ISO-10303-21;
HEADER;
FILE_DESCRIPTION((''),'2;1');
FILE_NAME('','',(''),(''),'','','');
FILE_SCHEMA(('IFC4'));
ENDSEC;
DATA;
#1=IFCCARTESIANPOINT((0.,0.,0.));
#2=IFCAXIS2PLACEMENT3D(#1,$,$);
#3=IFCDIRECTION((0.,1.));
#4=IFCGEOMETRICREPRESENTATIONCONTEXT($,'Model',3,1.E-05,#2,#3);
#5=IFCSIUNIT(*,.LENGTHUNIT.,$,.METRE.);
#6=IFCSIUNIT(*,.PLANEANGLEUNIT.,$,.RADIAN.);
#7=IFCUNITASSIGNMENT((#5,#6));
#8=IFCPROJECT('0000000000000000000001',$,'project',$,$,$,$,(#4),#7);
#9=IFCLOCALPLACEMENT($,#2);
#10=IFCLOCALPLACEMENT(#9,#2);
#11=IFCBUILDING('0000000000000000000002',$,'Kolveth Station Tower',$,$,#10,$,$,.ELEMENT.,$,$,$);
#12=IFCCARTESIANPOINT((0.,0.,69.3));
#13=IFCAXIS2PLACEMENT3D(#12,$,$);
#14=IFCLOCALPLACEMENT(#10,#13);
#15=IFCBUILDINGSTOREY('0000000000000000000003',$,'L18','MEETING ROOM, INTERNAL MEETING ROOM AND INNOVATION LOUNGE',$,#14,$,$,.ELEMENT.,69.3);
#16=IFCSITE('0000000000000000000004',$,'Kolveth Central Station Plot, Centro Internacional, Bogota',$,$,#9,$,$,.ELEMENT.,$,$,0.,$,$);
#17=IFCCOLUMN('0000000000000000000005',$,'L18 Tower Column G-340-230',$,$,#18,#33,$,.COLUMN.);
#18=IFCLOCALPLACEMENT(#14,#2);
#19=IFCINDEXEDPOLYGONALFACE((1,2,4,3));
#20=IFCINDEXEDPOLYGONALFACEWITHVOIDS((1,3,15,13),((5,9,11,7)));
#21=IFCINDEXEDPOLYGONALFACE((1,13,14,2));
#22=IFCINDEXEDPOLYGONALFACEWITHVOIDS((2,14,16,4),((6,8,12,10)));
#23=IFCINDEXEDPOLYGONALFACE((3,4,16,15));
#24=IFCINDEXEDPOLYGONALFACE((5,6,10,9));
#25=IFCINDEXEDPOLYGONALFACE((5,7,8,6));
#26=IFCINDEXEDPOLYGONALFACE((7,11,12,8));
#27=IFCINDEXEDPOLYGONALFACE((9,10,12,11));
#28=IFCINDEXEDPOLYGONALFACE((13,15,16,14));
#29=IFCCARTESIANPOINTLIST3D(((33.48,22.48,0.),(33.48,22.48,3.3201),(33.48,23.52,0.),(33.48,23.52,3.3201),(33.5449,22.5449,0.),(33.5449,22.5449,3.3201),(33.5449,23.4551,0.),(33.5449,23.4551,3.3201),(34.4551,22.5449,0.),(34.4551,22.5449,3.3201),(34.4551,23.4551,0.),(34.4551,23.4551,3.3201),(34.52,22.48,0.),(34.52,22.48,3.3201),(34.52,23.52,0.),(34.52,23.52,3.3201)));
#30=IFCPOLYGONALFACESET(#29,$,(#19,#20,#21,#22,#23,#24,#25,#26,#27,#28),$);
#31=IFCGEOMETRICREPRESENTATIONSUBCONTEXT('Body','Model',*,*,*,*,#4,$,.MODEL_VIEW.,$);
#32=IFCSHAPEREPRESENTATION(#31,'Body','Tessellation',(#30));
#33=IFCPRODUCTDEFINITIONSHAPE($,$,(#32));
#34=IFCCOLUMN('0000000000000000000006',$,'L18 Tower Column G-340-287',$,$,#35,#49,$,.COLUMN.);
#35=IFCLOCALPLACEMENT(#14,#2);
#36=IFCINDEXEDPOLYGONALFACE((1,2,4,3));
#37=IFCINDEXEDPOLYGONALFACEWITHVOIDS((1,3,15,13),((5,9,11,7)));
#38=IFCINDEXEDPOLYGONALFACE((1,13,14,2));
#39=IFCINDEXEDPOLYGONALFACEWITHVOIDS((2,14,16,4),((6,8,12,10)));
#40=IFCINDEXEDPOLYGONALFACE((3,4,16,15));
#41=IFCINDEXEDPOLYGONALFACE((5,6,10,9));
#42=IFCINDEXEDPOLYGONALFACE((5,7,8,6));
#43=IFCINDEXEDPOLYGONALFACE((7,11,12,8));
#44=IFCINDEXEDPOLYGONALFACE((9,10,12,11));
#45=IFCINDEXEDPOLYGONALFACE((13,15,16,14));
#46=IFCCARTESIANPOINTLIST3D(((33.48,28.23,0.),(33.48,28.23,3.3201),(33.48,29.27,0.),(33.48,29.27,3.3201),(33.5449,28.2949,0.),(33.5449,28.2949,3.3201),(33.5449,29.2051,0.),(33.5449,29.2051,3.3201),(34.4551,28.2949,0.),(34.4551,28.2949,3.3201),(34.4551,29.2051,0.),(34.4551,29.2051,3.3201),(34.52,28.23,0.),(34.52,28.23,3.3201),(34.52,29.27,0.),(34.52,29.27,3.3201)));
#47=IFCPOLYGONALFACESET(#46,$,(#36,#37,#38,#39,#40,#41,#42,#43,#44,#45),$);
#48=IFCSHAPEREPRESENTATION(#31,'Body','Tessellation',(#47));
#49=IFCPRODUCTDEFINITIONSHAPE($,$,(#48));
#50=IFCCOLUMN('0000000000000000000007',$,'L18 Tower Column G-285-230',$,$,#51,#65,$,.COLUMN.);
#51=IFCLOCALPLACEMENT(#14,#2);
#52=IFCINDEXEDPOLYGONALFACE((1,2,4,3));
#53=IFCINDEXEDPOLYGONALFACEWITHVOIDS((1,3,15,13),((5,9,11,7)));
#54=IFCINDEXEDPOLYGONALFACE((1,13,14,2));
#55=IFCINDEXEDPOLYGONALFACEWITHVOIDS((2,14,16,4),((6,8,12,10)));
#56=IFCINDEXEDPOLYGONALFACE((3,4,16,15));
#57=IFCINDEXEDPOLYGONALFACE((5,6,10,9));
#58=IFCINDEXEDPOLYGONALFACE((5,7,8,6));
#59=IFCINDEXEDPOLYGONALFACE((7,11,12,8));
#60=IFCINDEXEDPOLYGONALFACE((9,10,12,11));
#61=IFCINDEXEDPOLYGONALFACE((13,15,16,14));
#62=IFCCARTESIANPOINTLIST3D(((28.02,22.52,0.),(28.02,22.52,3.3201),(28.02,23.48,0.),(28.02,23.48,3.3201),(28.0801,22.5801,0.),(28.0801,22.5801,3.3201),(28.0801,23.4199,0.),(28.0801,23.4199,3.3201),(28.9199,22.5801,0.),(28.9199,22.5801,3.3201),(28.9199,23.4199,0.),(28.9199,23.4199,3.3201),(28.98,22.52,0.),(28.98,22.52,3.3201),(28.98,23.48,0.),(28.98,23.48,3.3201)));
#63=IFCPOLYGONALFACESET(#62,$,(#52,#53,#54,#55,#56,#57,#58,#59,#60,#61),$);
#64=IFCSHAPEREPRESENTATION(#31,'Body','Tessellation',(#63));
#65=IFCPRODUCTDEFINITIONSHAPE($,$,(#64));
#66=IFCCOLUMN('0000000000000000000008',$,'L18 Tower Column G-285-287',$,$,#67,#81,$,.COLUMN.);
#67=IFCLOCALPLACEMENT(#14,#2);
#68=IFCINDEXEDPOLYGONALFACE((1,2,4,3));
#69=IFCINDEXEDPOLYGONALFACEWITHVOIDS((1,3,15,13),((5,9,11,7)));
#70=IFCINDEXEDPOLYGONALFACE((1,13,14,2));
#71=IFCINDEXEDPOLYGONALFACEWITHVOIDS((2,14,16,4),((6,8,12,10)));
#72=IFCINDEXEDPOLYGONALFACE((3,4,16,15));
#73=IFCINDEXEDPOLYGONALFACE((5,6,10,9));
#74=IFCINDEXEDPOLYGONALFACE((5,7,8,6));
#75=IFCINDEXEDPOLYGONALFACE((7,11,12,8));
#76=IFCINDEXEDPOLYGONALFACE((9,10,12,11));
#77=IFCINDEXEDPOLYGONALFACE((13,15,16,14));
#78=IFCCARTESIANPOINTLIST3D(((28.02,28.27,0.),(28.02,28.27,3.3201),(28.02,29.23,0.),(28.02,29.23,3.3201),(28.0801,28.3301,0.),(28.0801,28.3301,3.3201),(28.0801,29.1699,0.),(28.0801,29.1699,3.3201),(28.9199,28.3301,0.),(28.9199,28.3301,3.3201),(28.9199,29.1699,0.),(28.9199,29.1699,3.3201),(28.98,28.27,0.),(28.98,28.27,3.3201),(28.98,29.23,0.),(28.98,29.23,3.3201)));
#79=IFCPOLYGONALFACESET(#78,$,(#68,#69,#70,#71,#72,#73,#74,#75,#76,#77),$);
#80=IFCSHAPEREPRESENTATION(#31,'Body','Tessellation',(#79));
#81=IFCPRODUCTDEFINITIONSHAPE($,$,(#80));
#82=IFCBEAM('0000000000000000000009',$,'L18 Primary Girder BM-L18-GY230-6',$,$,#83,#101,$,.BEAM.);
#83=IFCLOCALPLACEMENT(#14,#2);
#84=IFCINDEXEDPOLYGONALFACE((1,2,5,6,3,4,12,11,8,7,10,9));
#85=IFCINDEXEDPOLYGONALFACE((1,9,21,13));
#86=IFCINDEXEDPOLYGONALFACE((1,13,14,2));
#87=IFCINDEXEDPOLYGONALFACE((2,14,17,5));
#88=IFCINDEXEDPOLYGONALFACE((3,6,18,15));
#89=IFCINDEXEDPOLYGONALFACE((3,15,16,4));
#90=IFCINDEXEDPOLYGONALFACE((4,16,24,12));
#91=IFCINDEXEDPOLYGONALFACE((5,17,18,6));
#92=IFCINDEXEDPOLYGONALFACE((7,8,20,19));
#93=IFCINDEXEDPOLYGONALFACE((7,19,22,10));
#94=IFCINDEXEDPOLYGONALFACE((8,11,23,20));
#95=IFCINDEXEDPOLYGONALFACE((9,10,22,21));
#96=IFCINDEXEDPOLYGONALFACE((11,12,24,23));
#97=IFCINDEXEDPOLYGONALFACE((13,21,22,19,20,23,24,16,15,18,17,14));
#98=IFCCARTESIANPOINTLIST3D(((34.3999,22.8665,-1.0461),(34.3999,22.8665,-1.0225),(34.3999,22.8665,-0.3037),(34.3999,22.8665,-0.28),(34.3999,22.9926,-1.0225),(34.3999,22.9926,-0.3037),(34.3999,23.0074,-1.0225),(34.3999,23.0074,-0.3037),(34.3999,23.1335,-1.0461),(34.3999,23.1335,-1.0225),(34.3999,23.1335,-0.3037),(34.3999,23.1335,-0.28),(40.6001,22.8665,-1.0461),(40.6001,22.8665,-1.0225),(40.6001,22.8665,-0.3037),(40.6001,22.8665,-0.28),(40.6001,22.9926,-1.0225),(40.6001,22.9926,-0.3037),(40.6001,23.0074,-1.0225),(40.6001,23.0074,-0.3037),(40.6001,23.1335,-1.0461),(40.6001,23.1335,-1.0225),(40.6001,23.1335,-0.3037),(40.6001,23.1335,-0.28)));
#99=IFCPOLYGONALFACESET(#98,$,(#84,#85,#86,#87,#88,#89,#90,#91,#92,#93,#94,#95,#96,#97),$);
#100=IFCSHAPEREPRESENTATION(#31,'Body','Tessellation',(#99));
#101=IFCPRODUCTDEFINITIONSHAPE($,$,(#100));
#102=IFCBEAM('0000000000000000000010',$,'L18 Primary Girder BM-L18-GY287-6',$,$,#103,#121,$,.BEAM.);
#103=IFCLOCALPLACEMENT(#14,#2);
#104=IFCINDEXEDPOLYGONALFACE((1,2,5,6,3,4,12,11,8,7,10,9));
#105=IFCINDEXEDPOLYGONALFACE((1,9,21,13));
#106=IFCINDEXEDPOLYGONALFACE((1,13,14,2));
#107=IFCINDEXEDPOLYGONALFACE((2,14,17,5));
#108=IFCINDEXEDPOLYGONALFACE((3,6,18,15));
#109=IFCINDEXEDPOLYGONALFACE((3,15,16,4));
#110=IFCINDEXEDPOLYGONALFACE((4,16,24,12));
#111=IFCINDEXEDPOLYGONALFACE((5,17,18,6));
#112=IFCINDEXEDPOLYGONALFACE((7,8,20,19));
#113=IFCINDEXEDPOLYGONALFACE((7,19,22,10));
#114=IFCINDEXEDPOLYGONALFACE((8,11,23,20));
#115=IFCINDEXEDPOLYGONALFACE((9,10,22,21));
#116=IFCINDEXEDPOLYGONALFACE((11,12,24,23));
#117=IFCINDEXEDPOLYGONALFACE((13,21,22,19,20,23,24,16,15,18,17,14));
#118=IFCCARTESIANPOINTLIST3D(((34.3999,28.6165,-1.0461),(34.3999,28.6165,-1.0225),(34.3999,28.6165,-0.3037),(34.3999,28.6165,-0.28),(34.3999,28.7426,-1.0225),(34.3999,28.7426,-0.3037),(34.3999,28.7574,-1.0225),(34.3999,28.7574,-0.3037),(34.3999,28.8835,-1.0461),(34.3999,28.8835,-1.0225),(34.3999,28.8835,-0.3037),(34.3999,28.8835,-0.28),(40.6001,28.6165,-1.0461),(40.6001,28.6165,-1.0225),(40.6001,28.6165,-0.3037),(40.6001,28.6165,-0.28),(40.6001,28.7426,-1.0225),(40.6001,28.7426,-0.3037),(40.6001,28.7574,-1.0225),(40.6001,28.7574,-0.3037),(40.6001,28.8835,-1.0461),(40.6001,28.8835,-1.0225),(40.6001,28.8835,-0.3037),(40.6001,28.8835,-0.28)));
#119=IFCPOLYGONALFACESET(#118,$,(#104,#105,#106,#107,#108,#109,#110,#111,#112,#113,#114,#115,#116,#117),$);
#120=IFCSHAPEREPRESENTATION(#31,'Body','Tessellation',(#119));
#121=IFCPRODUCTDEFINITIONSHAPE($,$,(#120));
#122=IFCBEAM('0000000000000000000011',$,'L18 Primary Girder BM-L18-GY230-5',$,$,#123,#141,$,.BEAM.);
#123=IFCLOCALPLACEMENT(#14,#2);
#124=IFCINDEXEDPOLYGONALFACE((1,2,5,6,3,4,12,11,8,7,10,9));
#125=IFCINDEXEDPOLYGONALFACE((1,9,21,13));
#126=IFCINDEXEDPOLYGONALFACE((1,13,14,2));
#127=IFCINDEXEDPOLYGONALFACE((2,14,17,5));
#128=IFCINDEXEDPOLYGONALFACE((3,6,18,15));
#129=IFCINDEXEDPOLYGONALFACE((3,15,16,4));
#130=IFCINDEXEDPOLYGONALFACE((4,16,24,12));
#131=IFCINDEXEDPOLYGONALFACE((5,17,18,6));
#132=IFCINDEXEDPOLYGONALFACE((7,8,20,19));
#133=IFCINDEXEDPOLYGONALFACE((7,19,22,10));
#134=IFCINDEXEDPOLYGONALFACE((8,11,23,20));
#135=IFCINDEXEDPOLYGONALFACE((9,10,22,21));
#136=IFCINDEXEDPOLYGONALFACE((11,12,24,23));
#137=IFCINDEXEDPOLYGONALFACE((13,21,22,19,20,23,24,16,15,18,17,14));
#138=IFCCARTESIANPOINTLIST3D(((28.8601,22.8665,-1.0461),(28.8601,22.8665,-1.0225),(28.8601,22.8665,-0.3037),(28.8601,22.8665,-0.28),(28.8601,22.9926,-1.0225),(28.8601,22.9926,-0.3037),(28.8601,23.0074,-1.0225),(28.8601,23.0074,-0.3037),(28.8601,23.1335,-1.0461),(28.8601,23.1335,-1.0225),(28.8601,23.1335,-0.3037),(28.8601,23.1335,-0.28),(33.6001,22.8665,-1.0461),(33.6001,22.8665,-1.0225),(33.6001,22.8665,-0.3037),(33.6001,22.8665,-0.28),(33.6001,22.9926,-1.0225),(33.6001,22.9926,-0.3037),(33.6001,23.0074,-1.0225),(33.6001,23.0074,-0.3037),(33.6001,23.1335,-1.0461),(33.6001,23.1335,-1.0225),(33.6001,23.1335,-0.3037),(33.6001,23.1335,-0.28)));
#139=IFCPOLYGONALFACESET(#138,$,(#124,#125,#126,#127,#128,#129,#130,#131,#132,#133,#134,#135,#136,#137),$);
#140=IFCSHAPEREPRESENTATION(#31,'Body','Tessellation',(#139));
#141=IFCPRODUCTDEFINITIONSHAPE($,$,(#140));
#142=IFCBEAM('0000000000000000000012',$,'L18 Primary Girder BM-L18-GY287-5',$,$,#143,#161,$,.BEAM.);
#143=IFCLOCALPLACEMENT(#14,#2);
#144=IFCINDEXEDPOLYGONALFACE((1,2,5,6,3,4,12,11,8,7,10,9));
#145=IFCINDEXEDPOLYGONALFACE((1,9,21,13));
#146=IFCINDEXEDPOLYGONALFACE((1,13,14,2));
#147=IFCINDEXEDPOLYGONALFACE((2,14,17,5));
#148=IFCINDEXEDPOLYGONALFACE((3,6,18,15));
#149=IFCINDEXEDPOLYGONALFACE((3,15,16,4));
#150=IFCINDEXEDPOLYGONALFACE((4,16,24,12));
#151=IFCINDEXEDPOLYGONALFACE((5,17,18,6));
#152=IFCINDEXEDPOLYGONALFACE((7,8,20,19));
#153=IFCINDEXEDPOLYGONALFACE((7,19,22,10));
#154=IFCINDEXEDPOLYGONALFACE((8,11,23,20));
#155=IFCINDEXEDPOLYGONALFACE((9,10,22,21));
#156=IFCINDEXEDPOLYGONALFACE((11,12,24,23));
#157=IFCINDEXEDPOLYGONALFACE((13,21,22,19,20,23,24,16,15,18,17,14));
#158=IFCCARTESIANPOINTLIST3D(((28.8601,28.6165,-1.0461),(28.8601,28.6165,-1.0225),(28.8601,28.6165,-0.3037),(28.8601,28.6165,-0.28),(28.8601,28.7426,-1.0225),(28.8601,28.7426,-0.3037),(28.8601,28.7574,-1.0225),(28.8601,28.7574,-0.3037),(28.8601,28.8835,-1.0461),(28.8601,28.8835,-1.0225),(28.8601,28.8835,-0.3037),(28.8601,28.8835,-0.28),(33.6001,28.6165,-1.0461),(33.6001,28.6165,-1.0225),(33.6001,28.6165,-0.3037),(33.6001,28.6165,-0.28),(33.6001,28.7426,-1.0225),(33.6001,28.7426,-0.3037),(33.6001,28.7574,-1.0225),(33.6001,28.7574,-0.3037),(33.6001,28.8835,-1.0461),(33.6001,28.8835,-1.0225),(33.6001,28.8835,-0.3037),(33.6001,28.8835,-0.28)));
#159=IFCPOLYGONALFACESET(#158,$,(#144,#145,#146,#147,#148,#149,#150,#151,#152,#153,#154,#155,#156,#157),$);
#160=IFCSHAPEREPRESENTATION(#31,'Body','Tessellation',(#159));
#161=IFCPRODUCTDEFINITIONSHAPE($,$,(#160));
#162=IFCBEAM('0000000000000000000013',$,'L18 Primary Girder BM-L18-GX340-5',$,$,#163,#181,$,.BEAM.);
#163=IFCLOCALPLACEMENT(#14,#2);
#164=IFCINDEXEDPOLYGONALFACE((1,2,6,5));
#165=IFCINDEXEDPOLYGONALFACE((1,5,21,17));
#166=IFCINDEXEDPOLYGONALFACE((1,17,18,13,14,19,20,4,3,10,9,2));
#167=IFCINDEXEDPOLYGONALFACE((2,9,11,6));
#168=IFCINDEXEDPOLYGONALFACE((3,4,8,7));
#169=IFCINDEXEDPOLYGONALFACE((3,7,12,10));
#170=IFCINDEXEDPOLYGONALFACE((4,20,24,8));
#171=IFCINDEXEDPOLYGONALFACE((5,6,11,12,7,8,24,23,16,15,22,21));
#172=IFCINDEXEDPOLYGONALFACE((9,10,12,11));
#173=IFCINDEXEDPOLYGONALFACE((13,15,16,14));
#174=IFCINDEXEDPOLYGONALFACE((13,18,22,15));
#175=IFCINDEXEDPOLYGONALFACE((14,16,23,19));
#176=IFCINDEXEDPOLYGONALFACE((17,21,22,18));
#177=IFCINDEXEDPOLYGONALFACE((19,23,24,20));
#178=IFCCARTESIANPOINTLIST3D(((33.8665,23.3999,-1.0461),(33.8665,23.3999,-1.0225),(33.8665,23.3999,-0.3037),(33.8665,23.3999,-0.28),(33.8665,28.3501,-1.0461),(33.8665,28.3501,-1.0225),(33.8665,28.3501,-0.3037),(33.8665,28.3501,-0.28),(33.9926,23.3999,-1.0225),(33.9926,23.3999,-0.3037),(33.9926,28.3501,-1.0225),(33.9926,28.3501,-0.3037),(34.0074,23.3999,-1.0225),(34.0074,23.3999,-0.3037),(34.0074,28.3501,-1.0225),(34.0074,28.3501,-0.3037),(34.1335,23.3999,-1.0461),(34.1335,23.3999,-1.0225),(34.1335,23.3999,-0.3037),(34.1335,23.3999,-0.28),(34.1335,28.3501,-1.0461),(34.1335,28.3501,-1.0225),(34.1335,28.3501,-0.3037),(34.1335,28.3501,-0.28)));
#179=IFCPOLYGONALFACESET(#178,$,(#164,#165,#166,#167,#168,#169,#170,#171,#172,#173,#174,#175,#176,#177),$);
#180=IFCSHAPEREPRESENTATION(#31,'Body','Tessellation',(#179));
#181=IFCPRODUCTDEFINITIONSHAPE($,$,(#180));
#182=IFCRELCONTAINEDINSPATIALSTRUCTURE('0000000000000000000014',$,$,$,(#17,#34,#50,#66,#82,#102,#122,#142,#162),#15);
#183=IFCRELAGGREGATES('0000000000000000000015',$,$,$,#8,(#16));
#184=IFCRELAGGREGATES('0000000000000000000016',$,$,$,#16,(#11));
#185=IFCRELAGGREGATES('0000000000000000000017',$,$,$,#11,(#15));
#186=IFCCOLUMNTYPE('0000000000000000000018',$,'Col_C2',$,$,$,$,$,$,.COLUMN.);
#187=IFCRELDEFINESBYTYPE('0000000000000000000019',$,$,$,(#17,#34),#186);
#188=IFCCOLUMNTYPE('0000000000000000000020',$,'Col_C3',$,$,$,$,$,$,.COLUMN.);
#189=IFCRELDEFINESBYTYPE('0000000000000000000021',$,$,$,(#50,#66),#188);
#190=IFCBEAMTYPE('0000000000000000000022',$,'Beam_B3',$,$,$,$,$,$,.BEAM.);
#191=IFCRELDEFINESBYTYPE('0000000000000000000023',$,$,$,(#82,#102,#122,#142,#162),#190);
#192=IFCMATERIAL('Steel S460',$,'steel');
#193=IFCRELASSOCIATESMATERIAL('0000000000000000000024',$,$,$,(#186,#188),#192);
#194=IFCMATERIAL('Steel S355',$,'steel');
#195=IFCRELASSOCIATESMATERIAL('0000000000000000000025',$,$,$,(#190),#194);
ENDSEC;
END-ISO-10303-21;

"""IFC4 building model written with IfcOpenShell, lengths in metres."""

from ifc_helpers import new_model, si_unit, direction, frame, origin, origin_2d, place, context, subcontext, project, spatial, hollow_rectangle, i_section, extrude, source, transform, mapped, material, material_profile, profile_set, type_object, element, save


model = new_model("IFC4")

# Units and contexts
model_context = context("Model", 3, precision=1e-05, world=origin(), true_north=direction((0.0, 1.0)))
body_context = subcontext(model_context, "Body", "Model", "MODEL_VIEW")
ifc_project = project(units=[si_unit("LENGTHUNIT", "METRE"), si_unit("PLANEANGLEUNIT", "RADIAN")], contexts=[model_context])

# Site, building, storey
site_placement = place(None, origin())
site = spatial("IfcSite", under=ifc_project, at=site_placement, Name="Kolveth Central Station Plot, Centro Internacional, Bogota", CompositionType="ELEMENT", RefElevation=0.0)
building_placement = place(site_placement, origin())
building = spatial("IfcBuilding", under=site, at=building_placement, Name="Kolveth Station Tower", CompositionType="ELEMENT")
storey_placement = place(building_placement, frame((0.0, 0.0, 69.3)))
storey = spatial("IfcBuildingStorey", under=building, at=storey_placement, Name="L18", Description="MEETING ROOM, INTERNAL MEETING ROOM AND INNOVATION LOUNGE", CompositionType="ELEMENT", Elevation=69.3)

# Columns
ifc_material_1 = material(Name="Steel S460", Category="steel")
ifc_material_profile_1 = material_profile(ifc_material_1, hollow_rectangle(XDim=1.04, YDim=1.04, WallThickness=0.0649, at=origin_2d()), Name="BOX1040x1040x65")
ifc_profile_set_1 = profile_set([ifc_material_profile_1], Name="Steel S460")
column_type_1 = type_object("IfcColumnType", Name="Col_C2", PredefinedType="COLUMN", material=ifc_profile_set_1)
shared_shape_1 = source(origin(), body_context, "Body", "SweptSolid", [
    extrude(hollow_rectangle(XDim=1.04, YDim=1.04, WallThickness=0.0649, at=origin_2d()), origin(), (0.0, 0.0, 1.0), 3.3201),
])
for number, where, z_axis, x_axis, name in (
    (1, (34.0, 23.0, 0.0), (0.0, 0.0, 1.0), (1.0, 0.0, 0.0), "L18 Tower Column G-340-230"),
    (2, (34.0, 28.75, 0.0), (0.0, 0.0, 1.0), (1.0, 0.0, 0.0), "L18 Tower Column G-340-287"),
):
    element("IfcColumn", number, at=place(storey_placement, frame(where, z_axis=z_axis, x_axis=x_axis)), inside=storey, type_object=column_type_1, Name=name, PredefinedType="COLUMN", context=body_context, shape_type="MappedRepresentation", body=[
        mapped(shared_shape_1, transform((0.0, 0.0, 0.0), x_axis=(1.0, 0.0, 0.0), y_axis=(0.0, 1.0, 0.0), z_axis=(0.0, 0.0, 1.0), scale=1.0)),
    ])
ifc_material_profile_2 = material_profile(ifc_material_1, hollow_rectangle(XDim=0.96, YDim=0.96, WallThickness=0.0601, at=origin_2d()), Name="BOX960x960x60")
ifc_profile_set_2 = profile_set([ifc_material_profile_2], Name="Steel S460")
column_type_2 = type_object("IfcColumnType", Name="Col_C3", PredefinedType="COLUMN", material=ifc_profile_set_2)
shared_shape_2 = source(origin(), body_context, "Body", "SweptSolid", [
    extrude(hollow_rectangle(XDim=0.96, YDim=0.96, WallThickness=0.0601, at=origin_2d()), origin(), (0.0, 0.0, 1.0), 3.3201),
])
for number, where, z_axis, x_axis, name in (
    (3, (28.5, 23.0, 0.0), (0.0, 0.0, 1.0), (1.0, 0.0, 0.0), "L18 Tower Column G-285-230"),
    (4, (28.5, 28.75, 0.0), (0.0, 0.0, 1.0), (1.0, 0.0, 0.0), "L18 Tower Column G-285-287"),
):
    element("IfcColumn", number, at=place(storey_placement, frame(where, z_axis=z_axis, x_axis=x_axis)), inside=storey, type_object=column_type_2, Name=name, PredefinedType="COLUMN", context=body_context, shape_type="MappedRepresentation", body=[
        mapped(shared_shape_2, transform((0.0, 0.0, 0.0), x_axis=(1.0, 0.0, 0.0), y_axis=(0.0, 1.0, 0.0), z_axis=(0.0, 0.0, 1.0), scale=1.0)),
    ])

# Beams
ifc_material_2 = material(Name="Steel S355", Category="steel")
ifc_material_profile_3 = material_profile(ifc_material_2, i_section(OverallWidth=0.2671, OverallDepth=0.7661, WebThickness=0.0149, FlangeThickness=0.0237, at=origin_2d()), Name="W760x185")
ifc_profile_set_3 = profile_set([ifc_material_profile_3], Name="Steel S355")
beam_type_1 = type_object("IfcBeamType", Name="Beam_B3", PredefinedType="BEAM", material=ifc_profile_set_3)
shared_shape_3 = source(origin(), body_context, "Body", "SweptSolid", [
    extrude(i_section(OverallWidth=0.2671, OverallDepth=0.7661, WebThickness=0.0149, FlangeThickness=0.0237, at=origin_2d()), origin(), (0.0, 0.0, 1.0), 6.2002),
])
for number, where, z_axis, x_axis, name in (
    (5, (34.3999, 23.0, -0.6631), (1.0, 0.0, 0.0), (0.0, 1.0, 0.0), "L18 Primary Girder BM-L18-GY230-6"),
    (6, (34.3999, 28.75, -0.6631), (1.0, 0.0, 0.0), (0.0, 1.0, 0.0), "L18 Primary Girder BM-L18-GY287-6"),
):
    element("IfcBeam", number, at=place(storey_placement, frame(where, z_axis=z_axis, x_axis=x_axis)), inside=storey, type_object=beam_type_1, Name=name, PredefinedType="BEAM", context=body_context, shape_type="MappedRepresentation", body=[
        mapped(shared_shape_3, transform((0.0, 0.0, 0.0), x_axis=(1.0, 0.0, 0.0), y_axis=(0.0, 1.0, 0.0), z_axis=(0.0, 0.0, 1.0), scale=1.0)),
    ])
shared_shape_4 = source(origin(), body_context, "Body", "SweptSolid", [
    extrude(i_section(OverallWidth=0.2671, OverallDepth=0.7661, WebThickness=0.0149, FlangeThickness=0.0237, at=origin_2d()), origin(), (0.0, 0.0, 1.0), 4.74),
])
for number, where, z_axis, x_axis, name in (
    (7, (28.8601, 23.0, -0.6631), (1.0, 0.0, 0.0), (0.0, 1.0, 0.0), "L18 Primary Girder BM-L18-GY230-5"),
    (8, (28.8601, 28.75, -0.6631), (1.0, 0.0, 0.0), (0.0, 1.0, 0.0), "L18 Primary Girder BM-L18-GY287-5"),
):
    element("IfcBeam", number, at=place(storey_placement, frame(where, z_axis=z_axis, x_axis=x_axis)), inside=storey, type_object=beam_type_1, Name=name, PredefinedType="BEAM", context=body_context, shape_type="MappedRepresentation", body=[
        mapped(shared_shape_4, transform((0.0, 0.0, 0.0), x_axis=(1.0, 0.0, 0.0), y_axis=(0.0, 1.0, 0.0), z_axis=(0.0, 0.0, 1.0), scale=1.0)),
    ])
shared_shape_5 = source(origin(), body_context, "Body", "SweptSolid", [
    extrude(i_section(OverallWidth=0.2671, OverallDepth=0.7661, WebThickness=0.0149, FlangeThickness=0.0237, at=origin_2d()), origin(), (0.0, 0.0, 1.0), 4.9502),
])
beam_1_placement = place(storey_placement, frame((34.0, 23.3999, -0.6631), z_axis=(0.0, 1.0, 0.0), x_axis=(-1.0, 0.0, 0.0)))
element("IfcBeam", 9, at=beam_1_placement, inside=storey, type_object=beam_type_1, Name="L18 Primary Girder BM-L18-GX340-5", PredefinedType="BEAM", context=body_context, shape_type="MappedRepresentation", body=[
    mapped(shared_shape_5, transform((0.0, 0.0, 0.0), x_axis=(1.0, 0.0, 0.0), y_axis=(0.0, 1.0, 0.0), z_axis=(0.0, 0.0, 1.0), scale=1.0)),
])

save(model, "model.ifc")
